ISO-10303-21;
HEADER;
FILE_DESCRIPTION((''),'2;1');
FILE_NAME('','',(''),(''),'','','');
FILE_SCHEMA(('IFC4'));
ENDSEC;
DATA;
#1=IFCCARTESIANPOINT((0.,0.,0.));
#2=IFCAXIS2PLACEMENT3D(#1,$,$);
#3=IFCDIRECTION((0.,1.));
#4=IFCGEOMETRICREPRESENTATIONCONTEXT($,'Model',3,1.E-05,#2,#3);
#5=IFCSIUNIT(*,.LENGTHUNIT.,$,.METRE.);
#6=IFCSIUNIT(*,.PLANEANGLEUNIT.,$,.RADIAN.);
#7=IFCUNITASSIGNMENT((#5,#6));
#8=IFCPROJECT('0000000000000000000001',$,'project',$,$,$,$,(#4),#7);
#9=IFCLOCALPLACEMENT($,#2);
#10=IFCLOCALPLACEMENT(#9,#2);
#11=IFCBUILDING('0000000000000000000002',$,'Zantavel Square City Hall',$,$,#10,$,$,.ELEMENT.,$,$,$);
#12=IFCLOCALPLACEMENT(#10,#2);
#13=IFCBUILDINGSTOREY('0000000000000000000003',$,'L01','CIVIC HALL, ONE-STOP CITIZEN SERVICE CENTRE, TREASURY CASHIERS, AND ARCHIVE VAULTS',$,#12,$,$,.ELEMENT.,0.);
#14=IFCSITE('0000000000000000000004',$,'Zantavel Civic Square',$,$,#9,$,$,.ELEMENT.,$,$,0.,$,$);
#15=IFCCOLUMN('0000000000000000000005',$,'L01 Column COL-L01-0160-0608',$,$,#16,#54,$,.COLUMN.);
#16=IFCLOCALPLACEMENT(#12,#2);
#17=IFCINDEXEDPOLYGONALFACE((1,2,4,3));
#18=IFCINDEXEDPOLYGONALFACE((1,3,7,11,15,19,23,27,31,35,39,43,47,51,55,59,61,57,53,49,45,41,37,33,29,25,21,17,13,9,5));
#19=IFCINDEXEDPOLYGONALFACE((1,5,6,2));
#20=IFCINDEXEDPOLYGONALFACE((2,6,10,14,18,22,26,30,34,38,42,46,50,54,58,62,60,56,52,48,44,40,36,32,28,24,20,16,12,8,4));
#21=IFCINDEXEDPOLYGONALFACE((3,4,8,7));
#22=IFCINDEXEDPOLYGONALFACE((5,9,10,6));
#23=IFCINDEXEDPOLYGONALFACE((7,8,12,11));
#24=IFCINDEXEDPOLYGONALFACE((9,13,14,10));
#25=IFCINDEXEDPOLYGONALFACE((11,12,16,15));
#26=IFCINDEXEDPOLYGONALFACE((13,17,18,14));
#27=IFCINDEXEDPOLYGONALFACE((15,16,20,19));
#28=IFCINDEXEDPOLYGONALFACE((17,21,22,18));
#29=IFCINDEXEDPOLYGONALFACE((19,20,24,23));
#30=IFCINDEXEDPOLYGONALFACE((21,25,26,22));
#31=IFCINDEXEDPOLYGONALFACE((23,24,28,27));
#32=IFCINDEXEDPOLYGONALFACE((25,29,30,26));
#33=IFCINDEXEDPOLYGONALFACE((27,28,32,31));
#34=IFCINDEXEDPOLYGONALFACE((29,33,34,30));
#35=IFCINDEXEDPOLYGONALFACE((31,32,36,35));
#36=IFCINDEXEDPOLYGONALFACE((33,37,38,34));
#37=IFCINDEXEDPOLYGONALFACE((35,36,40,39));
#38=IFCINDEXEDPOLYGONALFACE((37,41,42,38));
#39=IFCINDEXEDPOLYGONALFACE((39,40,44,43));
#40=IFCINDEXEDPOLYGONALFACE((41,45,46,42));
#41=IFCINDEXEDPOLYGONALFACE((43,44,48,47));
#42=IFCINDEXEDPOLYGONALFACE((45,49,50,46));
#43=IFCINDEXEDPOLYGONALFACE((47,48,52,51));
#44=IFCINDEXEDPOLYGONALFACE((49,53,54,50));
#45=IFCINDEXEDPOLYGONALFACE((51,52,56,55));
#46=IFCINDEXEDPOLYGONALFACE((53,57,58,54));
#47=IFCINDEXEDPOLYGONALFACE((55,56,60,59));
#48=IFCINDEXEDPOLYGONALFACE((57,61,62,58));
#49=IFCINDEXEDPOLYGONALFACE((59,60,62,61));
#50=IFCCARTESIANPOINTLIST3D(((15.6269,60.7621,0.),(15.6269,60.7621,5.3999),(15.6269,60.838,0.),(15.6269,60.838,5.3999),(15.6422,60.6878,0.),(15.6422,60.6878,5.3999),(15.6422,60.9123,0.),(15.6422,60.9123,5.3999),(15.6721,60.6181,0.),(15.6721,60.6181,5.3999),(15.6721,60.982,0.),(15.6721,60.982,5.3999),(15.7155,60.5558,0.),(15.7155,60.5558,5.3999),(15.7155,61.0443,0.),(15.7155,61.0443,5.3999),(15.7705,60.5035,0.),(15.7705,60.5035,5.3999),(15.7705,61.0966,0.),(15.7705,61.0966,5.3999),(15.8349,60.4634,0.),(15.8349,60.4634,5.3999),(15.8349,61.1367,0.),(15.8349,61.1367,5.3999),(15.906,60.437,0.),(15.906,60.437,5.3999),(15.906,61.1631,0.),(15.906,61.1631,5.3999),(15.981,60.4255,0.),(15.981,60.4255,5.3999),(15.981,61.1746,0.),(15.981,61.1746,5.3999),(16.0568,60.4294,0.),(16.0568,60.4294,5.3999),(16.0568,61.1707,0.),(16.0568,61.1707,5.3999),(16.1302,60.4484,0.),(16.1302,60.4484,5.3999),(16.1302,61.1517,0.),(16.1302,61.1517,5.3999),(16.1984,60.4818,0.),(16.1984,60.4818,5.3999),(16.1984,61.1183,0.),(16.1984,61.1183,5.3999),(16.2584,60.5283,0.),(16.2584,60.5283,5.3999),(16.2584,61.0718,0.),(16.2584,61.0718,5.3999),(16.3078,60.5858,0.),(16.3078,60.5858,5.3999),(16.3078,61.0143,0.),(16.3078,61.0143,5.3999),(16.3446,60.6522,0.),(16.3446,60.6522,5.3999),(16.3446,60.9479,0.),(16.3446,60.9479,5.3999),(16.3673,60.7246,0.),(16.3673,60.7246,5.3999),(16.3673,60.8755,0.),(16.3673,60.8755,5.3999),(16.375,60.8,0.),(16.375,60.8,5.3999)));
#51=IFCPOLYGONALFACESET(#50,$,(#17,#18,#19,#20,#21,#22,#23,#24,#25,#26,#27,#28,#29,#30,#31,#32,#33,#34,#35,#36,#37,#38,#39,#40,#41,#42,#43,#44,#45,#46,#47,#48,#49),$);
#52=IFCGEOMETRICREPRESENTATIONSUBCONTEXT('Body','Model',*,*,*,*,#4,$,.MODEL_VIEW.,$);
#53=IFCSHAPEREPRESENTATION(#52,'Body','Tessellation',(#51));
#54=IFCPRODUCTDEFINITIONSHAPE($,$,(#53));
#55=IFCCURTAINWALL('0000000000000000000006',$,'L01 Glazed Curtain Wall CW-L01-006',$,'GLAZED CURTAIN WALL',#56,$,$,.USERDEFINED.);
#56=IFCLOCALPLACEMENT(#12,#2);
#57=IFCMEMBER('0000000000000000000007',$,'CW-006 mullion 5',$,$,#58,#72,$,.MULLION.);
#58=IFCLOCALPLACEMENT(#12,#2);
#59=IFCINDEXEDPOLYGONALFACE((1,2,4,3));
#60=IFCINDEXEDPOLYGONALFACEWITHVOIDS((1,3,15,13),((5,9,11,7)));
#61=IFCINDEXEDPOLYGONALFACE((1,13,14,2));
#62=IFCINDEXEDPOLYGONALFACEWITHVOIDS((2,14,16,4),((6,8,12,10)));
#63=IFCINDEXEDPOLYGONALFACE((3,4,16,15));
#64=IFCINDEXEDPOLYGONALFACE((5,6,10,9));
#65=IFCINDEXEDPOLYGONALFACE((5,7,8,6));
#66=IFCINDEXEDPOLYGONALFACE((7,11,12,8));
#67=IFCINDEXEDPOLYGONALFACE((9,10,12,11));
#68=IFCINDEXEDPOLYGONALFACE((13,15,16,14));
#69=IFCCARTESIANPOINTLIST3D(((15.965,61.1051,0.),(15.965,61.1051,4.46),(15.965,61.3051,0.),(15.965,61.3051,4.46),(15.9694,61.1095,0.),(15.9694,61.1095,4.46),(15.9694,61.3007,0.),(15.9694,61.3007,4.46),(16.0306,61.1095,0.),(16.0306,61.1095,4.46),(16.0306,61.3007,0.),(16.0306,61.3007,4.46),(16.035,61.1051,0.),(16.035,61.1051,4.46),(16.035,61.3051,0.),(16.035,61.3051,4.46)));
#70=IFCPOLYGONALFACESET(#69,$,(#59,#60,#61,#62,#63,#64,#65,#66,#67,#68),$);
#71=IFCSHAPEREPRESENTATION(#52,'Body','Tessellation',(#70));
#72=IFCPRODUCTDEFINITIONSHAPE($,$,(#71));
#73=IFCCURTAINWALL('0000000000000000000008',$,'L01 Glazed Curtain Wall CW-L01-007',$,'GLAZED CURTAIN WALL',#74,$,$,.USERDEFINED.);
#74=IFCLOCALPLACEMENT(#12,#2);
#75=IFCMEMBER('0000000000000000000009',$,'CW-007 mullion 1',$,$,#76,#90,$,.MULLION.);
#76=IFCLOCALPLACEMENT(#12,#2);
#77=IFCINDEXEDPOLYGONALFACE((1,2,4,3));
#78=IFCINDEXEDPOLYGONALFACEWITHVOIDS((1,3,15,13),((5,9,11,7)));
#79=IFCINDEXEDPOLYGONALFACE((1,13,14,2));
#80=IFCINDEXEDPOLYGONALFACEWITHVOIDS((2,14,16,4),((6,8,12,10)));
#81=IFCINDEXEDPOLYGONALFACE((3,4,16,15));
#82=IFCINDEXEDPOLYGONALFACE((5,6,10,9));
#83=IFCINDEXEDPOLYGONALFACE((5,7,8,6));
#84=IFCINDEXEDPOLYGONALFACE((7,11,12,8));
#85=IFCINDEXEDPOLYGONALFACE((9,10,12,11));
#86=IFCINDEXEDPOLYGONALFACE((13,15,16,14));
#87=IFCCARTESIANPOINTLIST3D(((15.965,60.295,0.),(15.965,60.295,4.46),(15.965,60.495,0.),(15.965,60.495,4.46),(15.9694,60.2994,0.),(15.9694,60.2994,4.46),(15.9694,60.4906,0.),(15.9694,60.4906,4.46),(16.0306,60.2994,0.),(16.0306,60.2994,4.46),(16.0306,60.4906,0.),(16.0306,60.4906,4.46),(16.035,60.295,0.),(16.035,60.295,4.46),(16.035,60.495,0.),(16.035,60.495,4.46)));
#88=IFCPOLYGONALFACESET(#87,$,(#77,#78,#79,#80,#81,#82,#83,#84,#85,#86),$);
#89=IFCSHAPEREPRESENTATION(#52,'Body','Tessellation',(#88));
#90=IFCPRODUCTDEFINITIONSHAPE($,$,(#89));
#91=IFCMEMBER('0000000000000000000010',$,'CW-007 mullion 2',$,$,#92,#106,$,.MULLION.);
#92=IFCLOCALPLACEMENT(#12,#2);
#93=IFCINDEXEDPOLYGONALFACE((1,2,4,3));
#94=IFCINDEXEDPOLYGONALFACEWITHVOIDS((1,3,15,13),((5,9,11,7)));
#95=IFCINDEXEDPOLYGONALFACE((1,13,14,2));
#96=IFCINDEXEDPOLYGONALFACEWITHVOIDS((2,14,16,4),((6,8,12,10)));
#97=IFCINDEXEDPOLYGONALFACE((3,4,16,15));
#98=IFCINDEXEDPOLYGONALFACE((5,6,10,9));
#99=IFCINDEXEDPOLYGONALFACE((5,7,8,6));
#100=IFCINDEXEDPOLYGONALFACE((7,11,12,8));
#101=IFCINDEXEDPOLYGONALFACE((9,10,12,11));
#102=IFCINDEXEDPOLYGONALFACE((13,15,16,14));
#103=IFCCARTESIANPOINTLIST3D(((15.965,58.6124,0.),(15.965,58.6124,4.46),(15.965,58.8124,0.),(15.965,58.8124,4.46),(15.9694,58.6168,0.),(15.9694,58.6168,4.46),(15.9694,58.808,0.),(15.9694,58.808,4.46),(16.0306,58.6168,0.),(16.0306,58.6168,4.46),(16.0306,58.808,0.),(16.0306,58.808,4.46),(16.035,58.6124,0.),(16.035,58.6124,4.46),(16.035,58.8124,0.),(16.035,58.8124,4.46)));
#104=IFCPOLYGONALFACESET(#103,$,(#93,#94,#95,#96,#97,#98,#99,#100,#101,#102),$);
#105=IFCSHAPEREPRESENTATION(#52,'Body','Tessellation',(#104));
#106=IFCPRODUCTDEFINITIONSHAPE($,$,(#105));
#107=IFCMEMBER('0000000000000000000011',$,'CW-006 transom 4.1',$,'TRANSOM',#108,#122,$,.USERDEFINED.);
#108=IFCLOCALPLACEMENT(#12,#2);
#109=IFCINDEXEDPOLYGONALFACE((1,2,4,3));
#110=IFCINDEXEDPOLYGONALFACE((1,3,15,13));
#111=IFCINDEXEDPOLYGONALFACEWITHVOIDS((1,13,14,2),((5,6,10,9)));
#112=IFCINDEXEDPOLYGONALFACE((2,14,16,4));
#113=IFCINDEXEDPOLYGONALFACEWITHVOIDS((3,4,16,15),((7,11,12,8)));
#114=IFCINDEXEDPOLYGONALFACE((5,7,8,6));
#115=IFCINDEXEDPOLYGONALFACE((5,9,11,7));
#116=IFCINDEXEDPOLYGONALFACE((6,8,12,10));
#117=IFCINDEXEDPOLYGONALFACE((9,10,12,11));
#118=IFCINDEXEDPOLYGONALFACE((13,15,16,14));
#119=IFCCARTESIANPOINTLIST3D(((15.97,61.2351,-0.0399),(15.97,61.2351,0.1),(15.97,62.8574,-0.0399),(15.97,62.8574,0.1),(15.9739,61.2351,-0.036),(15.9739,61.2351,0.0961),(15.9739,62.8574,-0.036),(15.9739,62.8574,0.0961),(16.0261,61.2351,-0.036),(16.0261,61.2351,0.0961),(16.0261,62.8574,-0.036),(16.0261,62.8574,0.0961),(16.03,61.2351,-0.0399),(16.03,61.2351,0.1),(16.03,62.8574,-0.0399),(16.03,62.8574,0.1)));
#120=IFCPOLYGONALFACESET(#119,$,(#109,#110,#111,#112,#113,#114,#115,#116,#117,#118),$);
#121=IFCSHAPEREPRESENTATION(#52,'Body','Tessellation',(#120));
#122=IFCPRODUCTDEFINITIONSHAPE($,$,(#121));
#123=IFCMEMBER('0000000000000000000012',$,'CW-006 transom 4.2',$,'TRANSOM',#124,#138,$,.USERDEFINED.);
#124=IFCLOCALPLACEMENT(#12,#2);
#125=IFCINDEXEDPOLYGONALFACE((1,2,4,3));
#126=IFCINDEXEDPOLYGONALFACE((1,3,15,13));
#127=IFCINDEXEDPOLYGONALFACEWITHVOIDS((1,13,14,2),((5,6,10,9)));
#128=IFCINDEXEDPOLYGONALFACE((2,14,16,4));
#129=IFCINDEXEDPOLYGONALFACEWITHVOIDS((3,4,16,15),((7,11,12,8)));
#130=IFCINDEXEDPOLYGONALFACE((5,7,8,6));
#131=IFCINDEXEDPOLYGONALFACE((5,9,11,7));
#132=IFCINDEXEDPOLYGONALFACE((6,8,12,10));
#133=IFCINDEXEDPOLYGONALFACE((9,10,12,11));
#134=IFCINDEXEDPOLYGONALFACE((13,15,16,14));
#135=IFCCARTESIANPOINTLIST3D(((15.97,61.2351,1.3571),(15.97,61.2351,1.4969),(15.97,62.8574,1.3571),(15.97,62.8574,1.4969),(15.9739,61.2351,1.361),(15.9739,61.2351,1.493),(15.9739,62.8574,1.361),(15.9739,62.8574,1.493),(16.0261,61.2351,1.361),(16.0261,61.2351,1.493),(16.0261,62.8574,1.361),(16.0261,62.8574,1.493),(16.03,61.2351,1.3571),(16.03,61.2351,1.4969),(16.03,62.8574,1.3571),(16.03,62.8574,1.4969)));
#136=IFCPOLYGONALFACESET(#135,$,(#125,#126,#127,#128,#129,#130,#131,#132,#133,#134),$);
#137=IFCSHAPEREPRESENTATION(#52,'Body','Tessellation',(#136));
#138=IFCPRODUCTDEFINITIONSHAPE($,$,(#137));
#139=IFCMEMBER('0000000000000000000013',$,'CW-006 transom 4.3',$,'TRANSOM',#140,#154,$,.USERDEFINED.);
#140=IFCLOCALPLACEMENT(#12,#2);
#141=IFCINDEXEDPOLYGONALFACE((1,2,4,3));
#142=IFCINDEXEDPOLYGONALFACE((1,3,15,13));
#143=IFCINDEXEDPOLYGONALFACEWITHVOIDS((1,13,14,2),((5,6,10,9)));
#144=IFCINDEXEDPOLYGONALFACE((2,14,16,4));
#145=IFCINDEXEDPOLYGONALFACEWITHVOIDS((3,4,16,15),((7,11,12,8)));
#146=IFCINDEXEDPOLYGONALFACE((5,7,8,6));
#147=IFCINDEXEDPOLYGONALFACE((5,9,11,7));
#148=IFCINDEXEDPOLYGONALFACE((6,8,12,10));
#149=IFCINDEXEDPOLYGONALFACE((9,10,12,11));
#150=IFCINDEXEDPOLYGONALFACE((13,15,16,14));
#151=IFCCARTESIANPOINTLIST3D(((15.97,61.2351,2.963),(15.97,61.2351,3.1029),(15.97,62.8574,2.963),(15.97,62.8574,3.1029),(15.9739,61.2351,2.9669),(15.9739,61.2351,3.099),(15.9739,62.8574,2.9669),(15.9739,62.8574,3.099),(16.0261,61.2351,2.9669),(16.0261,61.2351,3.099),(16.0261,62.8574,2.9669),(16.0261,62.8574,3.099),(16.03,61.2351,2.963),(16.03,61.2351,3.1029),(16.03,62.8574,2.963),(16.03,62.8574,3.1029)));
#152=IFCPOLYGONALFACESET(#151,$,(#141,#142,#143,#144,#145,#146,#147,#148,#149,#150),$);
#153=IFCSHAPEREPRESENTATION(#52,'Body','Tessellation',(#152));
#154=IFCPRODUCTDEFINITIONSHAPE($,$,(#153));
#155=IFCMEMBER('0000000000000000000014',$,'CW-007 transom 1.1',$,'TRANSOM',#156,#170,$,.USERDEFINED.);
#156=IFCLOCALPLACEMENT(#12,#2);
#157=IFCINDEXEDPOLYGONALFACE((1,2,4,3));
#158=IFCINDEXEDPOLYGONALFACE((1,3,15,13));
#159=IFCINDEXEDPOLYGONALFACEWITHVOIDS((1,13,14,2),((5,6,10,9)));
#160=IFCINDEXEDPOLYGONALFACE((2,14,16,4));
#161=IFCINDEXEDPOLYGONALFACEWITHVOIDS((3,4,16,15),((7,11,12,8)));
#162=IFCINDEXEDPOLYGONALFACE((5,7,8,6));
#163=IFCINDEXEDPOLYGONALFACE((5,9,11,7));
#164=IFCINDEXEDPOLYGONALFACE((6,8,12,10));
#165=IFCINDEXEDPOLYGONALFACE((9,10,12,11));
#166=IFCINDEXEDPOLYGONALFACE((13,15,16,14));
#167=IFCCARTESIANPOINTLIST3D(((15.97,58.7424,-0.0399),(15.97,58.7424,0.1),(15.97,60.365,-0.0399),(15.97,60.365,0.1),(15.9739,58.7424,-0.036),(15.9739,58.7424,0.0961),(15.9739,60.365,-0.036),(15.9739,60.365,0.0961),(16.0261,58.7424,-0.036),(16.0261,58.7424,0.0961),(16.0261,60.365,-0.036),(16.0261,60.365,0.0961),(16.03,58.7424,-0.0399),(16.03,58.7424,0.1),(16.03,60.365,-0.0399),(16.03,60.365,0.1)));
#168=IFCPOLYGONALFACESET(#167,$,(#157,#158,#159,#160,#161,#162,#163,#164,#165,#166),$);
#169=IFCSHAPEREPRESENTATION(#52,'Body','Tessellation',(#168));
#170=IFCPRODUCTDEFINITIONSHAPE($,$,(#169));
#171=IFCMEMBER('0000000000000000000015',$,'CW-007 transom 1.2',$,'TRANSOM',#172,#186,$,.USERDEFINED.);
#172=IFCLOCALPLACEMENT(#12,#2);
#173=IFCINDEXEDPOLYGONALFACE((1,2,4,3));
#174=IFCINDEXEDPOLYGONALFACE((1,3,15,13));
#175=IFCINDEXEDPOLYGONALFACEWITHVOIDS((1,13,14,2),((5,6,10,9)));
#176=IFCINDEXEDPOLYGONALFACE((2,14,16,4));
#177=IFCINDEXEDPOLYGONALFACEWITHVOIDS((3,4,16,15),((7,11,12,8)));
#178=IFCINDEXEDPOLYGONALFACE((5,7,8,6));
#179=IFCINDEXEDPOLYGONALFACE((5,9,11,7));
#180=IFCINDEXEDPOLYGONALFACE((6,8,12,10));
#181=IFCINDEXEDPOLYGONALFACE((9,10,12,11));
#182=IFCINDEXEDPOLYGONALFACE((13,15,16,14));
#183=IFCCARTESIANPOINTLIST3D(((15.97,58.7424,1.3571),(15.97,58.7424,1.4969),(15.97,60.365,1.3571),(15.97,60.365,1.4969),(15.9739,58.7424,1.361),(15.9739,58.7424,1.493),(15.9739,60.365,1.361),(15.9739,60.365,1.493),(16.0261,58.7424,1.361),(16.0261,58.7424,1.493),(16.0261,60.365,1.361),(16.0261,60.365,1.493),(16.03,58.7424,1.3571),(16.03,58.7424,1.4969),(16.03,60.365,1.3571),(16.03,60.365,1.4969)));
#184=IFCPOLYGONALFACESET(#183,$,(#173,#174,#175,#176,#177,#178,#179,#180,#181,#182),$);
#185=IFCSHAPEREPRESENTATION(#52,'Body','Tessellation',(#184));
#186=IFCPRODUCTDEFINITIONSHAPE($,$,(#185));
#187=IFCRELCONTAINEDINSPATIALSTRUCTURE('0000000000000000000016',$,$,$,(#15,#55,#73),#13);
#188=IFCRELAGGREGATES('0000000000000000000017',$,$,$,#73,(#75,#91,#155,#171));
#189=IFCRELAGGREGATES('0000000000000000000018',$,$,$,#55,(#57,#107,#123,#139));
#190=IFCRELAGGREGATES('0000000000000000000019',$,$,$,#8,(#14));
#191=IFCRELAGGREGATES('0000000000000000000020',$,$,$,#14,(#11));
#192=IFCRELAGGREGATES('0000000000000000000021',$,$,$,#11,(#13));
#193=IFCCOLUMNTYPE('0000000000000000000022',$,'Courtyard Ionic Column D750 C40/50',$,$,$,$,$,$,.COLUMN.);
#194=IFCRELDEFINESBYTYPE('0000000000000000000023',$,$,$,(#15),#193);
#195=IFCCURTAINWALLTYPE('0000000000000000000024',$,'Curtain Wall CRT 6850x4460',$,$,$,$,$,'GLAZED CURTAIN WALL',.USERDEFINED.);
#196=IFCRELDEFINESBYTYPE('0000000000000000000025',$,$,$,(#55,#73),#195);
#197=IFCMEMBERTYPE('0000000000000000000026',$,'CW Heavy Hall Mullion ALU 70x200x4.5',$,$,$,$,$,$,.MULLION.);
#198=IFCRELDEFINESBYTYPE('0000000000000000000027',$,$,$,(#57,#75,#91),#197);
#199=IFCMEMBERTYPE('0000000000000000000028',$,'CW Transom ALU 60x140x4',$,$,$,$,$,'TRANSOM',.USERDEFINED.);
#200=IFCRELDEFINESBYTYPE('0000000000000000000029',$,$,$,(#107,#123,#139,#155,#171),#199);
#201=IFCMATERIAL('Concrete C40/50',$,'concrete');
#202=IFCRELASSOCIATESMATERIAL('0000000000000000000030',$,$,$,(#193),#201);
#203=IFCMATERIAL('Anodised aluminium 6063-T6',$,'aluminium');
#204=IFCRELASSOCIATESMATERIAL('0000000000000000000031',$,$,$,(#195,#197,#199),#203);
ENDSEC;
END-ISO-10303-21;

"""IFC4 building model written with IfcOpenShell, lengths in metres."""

from ifc_helpers import new_model, si_unit, direction, frame, origin, origin_2d, place, context, subcontext, project, spatial, hollow_rectangle, circle, extrude, material, material_profile, profile_set, type_object, element, aggregate, save


model = new_model("IFC4")

# Units and contexts
model_context = context("Model", 3, precision=1e-05, world=origin(), true_north=direction((0.0, 1.0)))
body_context = subcontext(model_context, "Body", "Model", "MODEL_VIEW")
ifc_project = project(units=[si_unit("LENGTHUNIT", "METRE"), si_unit("PLANEANGLEUNIT", "RADIAN")], contexts=[model_context])

# Site, building, storey
site_placement = place(None, origin())
site = spatial("IfcSite", under=ifc_project, at=site_placement, Name="Zantavel Civic Square", CompositionType="ELEMENT", RefElevation=0.0)
building_placement = place(site_placement, origin())
building = spatial("IfcBuilding", under=site, at=building_placement, Name="Zantavel Square City Hall", CompositionType="ELEMENT")
storey_placement = place(building_placement, origin())
storey = spatial("IfcBuildingStorey", under=building, at=storey_placement, Name="L01", Description="CIVIC HALL, ONE-STOP CITIZEN SERVICE CENTRE, TREASURY CASHIERS, AND ARCHIVE VAULTS", CompositionType="ELEMENT", Elevation=0.0)

# Column
ifc_material_1 = material(Name="Concrete C40/50", Category="concrete")
ifc_material_profile_1 = material_profile(ifc_material_1, circle(Radius=0.375, at=origin_2d()), Name="ROUND D750")
ifc_profile_set_1 = profile_set([ifc_material_profile_1], Name="Concrete C40/50")
column_type = type_object("IfcColumnType", Name="Courtyard Ionic Column D750 C40/50", PredefinedType="COLUMN", material=ifc_profile_set_1)
column_placement = place(storey_placement, frame((16.0, 60.8, 0.0), z_axis=(0.0, 0.0, 1.0), x_axis=(1.0, 0.0, 0.0)))
element("IfcColumn", 1, at=column_placement, inside=storey, type_object=column_type, Name="L01 Column COL-L01-0160-0608", PredefinedType="COLUMN", context=body_context, shape_type="SweptSolid", body=[
    extrude(circle(Radius=0.375, at=origin_2d()), origin(), (0.0, 0.0, 1.0), 5.3999),
])

# Curtain wall, member
ifc_material_2 = material(Name="Anodised aluminium 6063-T6", Category="aluminium")
curtain_wall_type = type_object("IfcCurtainWallType", Name="Curtain Wall CRT 6850x4460", ElementType="GLAZED CURTAIN WALL", PredefinedType="USERDEFINED", material=ifc_material_2)
curtain_wall_1_placement = place(storey_placement, origin())
curtain_wall_1 = element("IfcCurtainWall", 2, at=curtain_wall_1_placement, inside=storey, type_object=curtain_wall_type, Name="L01 Glazed Curtain Wall CW-L01-006", ObjectType="GLAZED CURTAIN WALL", PredefinedType="USERDEFINED")
ifc_material_profile_2 = material_profile(ifc_material_2, hollow_rectangle(XDim=0.0701, YDim=0.2, WallThickness=0.0044, at=origin_2d()), Name="ALU 70x200x4.5")
ifc_profile_set_2 = profile_set([ifc_material_profile_2], Name="Anodised aluminium 6063-T6")
member_type_1 = type_object("IfcMemberType", Name="CW Heavy Hall Mullion ALU 70x200x4.5", PredefinedType="MULLION", material=ifc_profile_set_2)
member_1_placement = place(storey_placement, frame((16.0, 61.2051, 0.0), z_axis=(0.0, 0.0, 1.0), x_axis=(1.0, 0.0, 0.0)))
member_1 = element("IfcMember", 3, at=member_1_placement, type_object=member_type_1, Name="CW-006 mullion 5", PredefinedType="MULLION", context=body_context, shape_type="SweptSolid", body=[
    extrude(hollow_rectangle(XDim=0.0701, YDim=0.2, WallThickness=0.0044, at=origin_2d()), origin(), (0.0, 0.0, 1.0), 4.46),
])

# Curtain wall, members
curtain_wall_2_placement = place(storey_placement, origin())
curtain_wall_2 = element("IfcCurtainWall", 4, at=curtain_wall_2_placement, inside=storey, type_object=curtain_wall_type, Name="L01 Glazed Curtain Wall CW-L01-007", ObjectType="GLAZED CURTAIN WALL", PredefinedType="USERDEFINED")
member_2_placement = place(storey_placement, frame((16.0, 60.395, 0.0), z_axis=(0.0, 0.0, 1.0), x_axis=(1.0, 0.0, 0.0)))
member_2 = element("IfcMember", 5, at=member_2_placement, type_object=member_type_1, Name="CW-007 mullion 1", PredefinedType="MULLION", context=body_context, shape_type="SweptSolid", body=[
    extrude(hollow_rectangle(XDim=0.0701, YDim=0.2, WallThickness=0.0044, at=origin_2d()), origin(), (0.0, 0.0, 1.0), 4.46),
])
member_3_placement = place(storey_placement, frame((16.0, 58.7124, 0.0), z_axis=(0.0, 0.0, 1.0), x_axis=(1.0, 0.0, 0.0)))
member_3 = element("IfcMember", 6, at=member_3_placement, type_object=member_type_1, Name="CW-007 mullion 2", PredefinedType="MULLION", context=body_context, shape_type="SweptSolid", body=[
    extrude(hollow_rectangle(XDim=0.0701, YDim=0.2, WallThickness=0.0044, at=origin_2d()), origin(), (0.0, 0.0, 1.0), 4.46),
])

# Members
ifc_material_profile_3 = material_profile(ifc_material_2, hollow_rectangle(XDim=0.0601, YDim=0.1399, WallThickness=0.0039, at=origin_2d()), Name="ALU 60x140x4")
ifc_profile_set_3 = profile_set([ifc_material_profile_3], Name="Anodised aluminium 6063-T6")
member_type_2 = type_object("IfcMemberType", Name="CW Transom ALU 60x140x4", ElementType="TRANSOM", PredefinedType="USERDEFINED", material=ifc_profile_set_3)
member_4_placement = place(storey_placement, frame((16.0, 62.8574, 0.03), z_axis=(0.0, -1.0, 0.0), x_axis=(1.0, 0.0, 0.0)))
member_4 = element("IfcMember", 7, at=member_4_placement, type_object=member_type_2, Name="CW-006 transom 4.1", ObjectType="TRANSOM", PredefinedType="USERDEFINED", context=body_context, shape_type="SweptSolid", body=[
    extrude(hollow_rectangle(XDim=0.0601, YDim=0.1399, WallThickness=0.0039, at=origin_2d()), origin(), (0.0, 0.0, 1.0), 1.6223),
])
member_5_placement = place(storey_placement, frame((16.0, 62.8574, 1.427), z_axis=(0.0, -1.0, 0.0), x_axis=(1.0, 0.0, 0.0)))
member_5 = element("IfcMember", 8, at=member_5_placement, type_object=member_type_2, Name="CW-006 transom 4.2", ObjectType="TRANSOM", PredefinedType="USERDEFINED", context=body_context, shape_type="SweptSolid", body=[
    extrude(hollow_rectangle(XDim=0.0601, YDim=0.1399, WallThickness=0.0039, at=origin_2d()), origin(), (0.0, 0.0, 1.0), 1.6223),
])
member_6_placement = place(storey_placement, frame((16.0, 62.8574, 3.033), z_axis=(0.0, -1.0, 0.0), x_axis=(1.0, 0.0, 0.0)))
member_6 = element("IfcMember", 9, at=member_6_placement, type_object=member_type_2, Name="CW-006 transom 4.3", ObjectType="TRANSOM", PredefinedType="USERDEFINED", context=body_context, shape_type="SweptSolid", body=[
    extrude(hollow_rectangle(XDim=0.0601, YDim=0.1399, WallThickness=0.0039, at=origin_2d()), origin(), (0.0, 0.0, 1.0), 1.6223),
])
member_7_placement = place(storey_placement, frame((16.0, 60.365, 0.03), z_axis=(0.0, -1.0, 0.0), x_axis=(1.0, 0.0, 0.0)))
member_7 = element("IfcMember", 10, at=member_7_placement, type_object=member_type_2, Name="CW-007 transom 1.1", ObjectType="TRANSOM", PredefinedType="USERDEFINED", context=body_context, shape_type="SweptSolid", body=[
    extrude(hollow_rectangle(XDim=0.0601, YDim=0.1399, WallThickness=0.0039, at=origin_2d()), origin(), (0.0, 0.0, 1.0), 1.6226),
])
member_8_placement = place(storey_placement, frame((16.0, 60.365, 1.427), z_axis=(0.0, -1.0, 0.0), x_axis=(1.0, 0.0, 0.0)))
member_8 = element("IfcMember", 11, at=member_8_placement, type_object=member_type_2, Name="CW-007 transom 1.2", ObjectType="TRANSOM", PredefinedType="USERDEFINED", context=body_context, shape_type="SweptSolid", body=[
    extrude(hollow_rectangle(XDim=0.0601, YDim=0.1399, WallThickness=0.0039, at=origin_2d()), origin(), (0.0, 0.0, 1.0), 1.6226),
])

aggregate(curtain_wall_2, [member_2, member_3, member_7, member_8])
aggregate(curtain_wall_1, [member_1, member_4, member_5, member_6])

save(model, "model.ifc")
